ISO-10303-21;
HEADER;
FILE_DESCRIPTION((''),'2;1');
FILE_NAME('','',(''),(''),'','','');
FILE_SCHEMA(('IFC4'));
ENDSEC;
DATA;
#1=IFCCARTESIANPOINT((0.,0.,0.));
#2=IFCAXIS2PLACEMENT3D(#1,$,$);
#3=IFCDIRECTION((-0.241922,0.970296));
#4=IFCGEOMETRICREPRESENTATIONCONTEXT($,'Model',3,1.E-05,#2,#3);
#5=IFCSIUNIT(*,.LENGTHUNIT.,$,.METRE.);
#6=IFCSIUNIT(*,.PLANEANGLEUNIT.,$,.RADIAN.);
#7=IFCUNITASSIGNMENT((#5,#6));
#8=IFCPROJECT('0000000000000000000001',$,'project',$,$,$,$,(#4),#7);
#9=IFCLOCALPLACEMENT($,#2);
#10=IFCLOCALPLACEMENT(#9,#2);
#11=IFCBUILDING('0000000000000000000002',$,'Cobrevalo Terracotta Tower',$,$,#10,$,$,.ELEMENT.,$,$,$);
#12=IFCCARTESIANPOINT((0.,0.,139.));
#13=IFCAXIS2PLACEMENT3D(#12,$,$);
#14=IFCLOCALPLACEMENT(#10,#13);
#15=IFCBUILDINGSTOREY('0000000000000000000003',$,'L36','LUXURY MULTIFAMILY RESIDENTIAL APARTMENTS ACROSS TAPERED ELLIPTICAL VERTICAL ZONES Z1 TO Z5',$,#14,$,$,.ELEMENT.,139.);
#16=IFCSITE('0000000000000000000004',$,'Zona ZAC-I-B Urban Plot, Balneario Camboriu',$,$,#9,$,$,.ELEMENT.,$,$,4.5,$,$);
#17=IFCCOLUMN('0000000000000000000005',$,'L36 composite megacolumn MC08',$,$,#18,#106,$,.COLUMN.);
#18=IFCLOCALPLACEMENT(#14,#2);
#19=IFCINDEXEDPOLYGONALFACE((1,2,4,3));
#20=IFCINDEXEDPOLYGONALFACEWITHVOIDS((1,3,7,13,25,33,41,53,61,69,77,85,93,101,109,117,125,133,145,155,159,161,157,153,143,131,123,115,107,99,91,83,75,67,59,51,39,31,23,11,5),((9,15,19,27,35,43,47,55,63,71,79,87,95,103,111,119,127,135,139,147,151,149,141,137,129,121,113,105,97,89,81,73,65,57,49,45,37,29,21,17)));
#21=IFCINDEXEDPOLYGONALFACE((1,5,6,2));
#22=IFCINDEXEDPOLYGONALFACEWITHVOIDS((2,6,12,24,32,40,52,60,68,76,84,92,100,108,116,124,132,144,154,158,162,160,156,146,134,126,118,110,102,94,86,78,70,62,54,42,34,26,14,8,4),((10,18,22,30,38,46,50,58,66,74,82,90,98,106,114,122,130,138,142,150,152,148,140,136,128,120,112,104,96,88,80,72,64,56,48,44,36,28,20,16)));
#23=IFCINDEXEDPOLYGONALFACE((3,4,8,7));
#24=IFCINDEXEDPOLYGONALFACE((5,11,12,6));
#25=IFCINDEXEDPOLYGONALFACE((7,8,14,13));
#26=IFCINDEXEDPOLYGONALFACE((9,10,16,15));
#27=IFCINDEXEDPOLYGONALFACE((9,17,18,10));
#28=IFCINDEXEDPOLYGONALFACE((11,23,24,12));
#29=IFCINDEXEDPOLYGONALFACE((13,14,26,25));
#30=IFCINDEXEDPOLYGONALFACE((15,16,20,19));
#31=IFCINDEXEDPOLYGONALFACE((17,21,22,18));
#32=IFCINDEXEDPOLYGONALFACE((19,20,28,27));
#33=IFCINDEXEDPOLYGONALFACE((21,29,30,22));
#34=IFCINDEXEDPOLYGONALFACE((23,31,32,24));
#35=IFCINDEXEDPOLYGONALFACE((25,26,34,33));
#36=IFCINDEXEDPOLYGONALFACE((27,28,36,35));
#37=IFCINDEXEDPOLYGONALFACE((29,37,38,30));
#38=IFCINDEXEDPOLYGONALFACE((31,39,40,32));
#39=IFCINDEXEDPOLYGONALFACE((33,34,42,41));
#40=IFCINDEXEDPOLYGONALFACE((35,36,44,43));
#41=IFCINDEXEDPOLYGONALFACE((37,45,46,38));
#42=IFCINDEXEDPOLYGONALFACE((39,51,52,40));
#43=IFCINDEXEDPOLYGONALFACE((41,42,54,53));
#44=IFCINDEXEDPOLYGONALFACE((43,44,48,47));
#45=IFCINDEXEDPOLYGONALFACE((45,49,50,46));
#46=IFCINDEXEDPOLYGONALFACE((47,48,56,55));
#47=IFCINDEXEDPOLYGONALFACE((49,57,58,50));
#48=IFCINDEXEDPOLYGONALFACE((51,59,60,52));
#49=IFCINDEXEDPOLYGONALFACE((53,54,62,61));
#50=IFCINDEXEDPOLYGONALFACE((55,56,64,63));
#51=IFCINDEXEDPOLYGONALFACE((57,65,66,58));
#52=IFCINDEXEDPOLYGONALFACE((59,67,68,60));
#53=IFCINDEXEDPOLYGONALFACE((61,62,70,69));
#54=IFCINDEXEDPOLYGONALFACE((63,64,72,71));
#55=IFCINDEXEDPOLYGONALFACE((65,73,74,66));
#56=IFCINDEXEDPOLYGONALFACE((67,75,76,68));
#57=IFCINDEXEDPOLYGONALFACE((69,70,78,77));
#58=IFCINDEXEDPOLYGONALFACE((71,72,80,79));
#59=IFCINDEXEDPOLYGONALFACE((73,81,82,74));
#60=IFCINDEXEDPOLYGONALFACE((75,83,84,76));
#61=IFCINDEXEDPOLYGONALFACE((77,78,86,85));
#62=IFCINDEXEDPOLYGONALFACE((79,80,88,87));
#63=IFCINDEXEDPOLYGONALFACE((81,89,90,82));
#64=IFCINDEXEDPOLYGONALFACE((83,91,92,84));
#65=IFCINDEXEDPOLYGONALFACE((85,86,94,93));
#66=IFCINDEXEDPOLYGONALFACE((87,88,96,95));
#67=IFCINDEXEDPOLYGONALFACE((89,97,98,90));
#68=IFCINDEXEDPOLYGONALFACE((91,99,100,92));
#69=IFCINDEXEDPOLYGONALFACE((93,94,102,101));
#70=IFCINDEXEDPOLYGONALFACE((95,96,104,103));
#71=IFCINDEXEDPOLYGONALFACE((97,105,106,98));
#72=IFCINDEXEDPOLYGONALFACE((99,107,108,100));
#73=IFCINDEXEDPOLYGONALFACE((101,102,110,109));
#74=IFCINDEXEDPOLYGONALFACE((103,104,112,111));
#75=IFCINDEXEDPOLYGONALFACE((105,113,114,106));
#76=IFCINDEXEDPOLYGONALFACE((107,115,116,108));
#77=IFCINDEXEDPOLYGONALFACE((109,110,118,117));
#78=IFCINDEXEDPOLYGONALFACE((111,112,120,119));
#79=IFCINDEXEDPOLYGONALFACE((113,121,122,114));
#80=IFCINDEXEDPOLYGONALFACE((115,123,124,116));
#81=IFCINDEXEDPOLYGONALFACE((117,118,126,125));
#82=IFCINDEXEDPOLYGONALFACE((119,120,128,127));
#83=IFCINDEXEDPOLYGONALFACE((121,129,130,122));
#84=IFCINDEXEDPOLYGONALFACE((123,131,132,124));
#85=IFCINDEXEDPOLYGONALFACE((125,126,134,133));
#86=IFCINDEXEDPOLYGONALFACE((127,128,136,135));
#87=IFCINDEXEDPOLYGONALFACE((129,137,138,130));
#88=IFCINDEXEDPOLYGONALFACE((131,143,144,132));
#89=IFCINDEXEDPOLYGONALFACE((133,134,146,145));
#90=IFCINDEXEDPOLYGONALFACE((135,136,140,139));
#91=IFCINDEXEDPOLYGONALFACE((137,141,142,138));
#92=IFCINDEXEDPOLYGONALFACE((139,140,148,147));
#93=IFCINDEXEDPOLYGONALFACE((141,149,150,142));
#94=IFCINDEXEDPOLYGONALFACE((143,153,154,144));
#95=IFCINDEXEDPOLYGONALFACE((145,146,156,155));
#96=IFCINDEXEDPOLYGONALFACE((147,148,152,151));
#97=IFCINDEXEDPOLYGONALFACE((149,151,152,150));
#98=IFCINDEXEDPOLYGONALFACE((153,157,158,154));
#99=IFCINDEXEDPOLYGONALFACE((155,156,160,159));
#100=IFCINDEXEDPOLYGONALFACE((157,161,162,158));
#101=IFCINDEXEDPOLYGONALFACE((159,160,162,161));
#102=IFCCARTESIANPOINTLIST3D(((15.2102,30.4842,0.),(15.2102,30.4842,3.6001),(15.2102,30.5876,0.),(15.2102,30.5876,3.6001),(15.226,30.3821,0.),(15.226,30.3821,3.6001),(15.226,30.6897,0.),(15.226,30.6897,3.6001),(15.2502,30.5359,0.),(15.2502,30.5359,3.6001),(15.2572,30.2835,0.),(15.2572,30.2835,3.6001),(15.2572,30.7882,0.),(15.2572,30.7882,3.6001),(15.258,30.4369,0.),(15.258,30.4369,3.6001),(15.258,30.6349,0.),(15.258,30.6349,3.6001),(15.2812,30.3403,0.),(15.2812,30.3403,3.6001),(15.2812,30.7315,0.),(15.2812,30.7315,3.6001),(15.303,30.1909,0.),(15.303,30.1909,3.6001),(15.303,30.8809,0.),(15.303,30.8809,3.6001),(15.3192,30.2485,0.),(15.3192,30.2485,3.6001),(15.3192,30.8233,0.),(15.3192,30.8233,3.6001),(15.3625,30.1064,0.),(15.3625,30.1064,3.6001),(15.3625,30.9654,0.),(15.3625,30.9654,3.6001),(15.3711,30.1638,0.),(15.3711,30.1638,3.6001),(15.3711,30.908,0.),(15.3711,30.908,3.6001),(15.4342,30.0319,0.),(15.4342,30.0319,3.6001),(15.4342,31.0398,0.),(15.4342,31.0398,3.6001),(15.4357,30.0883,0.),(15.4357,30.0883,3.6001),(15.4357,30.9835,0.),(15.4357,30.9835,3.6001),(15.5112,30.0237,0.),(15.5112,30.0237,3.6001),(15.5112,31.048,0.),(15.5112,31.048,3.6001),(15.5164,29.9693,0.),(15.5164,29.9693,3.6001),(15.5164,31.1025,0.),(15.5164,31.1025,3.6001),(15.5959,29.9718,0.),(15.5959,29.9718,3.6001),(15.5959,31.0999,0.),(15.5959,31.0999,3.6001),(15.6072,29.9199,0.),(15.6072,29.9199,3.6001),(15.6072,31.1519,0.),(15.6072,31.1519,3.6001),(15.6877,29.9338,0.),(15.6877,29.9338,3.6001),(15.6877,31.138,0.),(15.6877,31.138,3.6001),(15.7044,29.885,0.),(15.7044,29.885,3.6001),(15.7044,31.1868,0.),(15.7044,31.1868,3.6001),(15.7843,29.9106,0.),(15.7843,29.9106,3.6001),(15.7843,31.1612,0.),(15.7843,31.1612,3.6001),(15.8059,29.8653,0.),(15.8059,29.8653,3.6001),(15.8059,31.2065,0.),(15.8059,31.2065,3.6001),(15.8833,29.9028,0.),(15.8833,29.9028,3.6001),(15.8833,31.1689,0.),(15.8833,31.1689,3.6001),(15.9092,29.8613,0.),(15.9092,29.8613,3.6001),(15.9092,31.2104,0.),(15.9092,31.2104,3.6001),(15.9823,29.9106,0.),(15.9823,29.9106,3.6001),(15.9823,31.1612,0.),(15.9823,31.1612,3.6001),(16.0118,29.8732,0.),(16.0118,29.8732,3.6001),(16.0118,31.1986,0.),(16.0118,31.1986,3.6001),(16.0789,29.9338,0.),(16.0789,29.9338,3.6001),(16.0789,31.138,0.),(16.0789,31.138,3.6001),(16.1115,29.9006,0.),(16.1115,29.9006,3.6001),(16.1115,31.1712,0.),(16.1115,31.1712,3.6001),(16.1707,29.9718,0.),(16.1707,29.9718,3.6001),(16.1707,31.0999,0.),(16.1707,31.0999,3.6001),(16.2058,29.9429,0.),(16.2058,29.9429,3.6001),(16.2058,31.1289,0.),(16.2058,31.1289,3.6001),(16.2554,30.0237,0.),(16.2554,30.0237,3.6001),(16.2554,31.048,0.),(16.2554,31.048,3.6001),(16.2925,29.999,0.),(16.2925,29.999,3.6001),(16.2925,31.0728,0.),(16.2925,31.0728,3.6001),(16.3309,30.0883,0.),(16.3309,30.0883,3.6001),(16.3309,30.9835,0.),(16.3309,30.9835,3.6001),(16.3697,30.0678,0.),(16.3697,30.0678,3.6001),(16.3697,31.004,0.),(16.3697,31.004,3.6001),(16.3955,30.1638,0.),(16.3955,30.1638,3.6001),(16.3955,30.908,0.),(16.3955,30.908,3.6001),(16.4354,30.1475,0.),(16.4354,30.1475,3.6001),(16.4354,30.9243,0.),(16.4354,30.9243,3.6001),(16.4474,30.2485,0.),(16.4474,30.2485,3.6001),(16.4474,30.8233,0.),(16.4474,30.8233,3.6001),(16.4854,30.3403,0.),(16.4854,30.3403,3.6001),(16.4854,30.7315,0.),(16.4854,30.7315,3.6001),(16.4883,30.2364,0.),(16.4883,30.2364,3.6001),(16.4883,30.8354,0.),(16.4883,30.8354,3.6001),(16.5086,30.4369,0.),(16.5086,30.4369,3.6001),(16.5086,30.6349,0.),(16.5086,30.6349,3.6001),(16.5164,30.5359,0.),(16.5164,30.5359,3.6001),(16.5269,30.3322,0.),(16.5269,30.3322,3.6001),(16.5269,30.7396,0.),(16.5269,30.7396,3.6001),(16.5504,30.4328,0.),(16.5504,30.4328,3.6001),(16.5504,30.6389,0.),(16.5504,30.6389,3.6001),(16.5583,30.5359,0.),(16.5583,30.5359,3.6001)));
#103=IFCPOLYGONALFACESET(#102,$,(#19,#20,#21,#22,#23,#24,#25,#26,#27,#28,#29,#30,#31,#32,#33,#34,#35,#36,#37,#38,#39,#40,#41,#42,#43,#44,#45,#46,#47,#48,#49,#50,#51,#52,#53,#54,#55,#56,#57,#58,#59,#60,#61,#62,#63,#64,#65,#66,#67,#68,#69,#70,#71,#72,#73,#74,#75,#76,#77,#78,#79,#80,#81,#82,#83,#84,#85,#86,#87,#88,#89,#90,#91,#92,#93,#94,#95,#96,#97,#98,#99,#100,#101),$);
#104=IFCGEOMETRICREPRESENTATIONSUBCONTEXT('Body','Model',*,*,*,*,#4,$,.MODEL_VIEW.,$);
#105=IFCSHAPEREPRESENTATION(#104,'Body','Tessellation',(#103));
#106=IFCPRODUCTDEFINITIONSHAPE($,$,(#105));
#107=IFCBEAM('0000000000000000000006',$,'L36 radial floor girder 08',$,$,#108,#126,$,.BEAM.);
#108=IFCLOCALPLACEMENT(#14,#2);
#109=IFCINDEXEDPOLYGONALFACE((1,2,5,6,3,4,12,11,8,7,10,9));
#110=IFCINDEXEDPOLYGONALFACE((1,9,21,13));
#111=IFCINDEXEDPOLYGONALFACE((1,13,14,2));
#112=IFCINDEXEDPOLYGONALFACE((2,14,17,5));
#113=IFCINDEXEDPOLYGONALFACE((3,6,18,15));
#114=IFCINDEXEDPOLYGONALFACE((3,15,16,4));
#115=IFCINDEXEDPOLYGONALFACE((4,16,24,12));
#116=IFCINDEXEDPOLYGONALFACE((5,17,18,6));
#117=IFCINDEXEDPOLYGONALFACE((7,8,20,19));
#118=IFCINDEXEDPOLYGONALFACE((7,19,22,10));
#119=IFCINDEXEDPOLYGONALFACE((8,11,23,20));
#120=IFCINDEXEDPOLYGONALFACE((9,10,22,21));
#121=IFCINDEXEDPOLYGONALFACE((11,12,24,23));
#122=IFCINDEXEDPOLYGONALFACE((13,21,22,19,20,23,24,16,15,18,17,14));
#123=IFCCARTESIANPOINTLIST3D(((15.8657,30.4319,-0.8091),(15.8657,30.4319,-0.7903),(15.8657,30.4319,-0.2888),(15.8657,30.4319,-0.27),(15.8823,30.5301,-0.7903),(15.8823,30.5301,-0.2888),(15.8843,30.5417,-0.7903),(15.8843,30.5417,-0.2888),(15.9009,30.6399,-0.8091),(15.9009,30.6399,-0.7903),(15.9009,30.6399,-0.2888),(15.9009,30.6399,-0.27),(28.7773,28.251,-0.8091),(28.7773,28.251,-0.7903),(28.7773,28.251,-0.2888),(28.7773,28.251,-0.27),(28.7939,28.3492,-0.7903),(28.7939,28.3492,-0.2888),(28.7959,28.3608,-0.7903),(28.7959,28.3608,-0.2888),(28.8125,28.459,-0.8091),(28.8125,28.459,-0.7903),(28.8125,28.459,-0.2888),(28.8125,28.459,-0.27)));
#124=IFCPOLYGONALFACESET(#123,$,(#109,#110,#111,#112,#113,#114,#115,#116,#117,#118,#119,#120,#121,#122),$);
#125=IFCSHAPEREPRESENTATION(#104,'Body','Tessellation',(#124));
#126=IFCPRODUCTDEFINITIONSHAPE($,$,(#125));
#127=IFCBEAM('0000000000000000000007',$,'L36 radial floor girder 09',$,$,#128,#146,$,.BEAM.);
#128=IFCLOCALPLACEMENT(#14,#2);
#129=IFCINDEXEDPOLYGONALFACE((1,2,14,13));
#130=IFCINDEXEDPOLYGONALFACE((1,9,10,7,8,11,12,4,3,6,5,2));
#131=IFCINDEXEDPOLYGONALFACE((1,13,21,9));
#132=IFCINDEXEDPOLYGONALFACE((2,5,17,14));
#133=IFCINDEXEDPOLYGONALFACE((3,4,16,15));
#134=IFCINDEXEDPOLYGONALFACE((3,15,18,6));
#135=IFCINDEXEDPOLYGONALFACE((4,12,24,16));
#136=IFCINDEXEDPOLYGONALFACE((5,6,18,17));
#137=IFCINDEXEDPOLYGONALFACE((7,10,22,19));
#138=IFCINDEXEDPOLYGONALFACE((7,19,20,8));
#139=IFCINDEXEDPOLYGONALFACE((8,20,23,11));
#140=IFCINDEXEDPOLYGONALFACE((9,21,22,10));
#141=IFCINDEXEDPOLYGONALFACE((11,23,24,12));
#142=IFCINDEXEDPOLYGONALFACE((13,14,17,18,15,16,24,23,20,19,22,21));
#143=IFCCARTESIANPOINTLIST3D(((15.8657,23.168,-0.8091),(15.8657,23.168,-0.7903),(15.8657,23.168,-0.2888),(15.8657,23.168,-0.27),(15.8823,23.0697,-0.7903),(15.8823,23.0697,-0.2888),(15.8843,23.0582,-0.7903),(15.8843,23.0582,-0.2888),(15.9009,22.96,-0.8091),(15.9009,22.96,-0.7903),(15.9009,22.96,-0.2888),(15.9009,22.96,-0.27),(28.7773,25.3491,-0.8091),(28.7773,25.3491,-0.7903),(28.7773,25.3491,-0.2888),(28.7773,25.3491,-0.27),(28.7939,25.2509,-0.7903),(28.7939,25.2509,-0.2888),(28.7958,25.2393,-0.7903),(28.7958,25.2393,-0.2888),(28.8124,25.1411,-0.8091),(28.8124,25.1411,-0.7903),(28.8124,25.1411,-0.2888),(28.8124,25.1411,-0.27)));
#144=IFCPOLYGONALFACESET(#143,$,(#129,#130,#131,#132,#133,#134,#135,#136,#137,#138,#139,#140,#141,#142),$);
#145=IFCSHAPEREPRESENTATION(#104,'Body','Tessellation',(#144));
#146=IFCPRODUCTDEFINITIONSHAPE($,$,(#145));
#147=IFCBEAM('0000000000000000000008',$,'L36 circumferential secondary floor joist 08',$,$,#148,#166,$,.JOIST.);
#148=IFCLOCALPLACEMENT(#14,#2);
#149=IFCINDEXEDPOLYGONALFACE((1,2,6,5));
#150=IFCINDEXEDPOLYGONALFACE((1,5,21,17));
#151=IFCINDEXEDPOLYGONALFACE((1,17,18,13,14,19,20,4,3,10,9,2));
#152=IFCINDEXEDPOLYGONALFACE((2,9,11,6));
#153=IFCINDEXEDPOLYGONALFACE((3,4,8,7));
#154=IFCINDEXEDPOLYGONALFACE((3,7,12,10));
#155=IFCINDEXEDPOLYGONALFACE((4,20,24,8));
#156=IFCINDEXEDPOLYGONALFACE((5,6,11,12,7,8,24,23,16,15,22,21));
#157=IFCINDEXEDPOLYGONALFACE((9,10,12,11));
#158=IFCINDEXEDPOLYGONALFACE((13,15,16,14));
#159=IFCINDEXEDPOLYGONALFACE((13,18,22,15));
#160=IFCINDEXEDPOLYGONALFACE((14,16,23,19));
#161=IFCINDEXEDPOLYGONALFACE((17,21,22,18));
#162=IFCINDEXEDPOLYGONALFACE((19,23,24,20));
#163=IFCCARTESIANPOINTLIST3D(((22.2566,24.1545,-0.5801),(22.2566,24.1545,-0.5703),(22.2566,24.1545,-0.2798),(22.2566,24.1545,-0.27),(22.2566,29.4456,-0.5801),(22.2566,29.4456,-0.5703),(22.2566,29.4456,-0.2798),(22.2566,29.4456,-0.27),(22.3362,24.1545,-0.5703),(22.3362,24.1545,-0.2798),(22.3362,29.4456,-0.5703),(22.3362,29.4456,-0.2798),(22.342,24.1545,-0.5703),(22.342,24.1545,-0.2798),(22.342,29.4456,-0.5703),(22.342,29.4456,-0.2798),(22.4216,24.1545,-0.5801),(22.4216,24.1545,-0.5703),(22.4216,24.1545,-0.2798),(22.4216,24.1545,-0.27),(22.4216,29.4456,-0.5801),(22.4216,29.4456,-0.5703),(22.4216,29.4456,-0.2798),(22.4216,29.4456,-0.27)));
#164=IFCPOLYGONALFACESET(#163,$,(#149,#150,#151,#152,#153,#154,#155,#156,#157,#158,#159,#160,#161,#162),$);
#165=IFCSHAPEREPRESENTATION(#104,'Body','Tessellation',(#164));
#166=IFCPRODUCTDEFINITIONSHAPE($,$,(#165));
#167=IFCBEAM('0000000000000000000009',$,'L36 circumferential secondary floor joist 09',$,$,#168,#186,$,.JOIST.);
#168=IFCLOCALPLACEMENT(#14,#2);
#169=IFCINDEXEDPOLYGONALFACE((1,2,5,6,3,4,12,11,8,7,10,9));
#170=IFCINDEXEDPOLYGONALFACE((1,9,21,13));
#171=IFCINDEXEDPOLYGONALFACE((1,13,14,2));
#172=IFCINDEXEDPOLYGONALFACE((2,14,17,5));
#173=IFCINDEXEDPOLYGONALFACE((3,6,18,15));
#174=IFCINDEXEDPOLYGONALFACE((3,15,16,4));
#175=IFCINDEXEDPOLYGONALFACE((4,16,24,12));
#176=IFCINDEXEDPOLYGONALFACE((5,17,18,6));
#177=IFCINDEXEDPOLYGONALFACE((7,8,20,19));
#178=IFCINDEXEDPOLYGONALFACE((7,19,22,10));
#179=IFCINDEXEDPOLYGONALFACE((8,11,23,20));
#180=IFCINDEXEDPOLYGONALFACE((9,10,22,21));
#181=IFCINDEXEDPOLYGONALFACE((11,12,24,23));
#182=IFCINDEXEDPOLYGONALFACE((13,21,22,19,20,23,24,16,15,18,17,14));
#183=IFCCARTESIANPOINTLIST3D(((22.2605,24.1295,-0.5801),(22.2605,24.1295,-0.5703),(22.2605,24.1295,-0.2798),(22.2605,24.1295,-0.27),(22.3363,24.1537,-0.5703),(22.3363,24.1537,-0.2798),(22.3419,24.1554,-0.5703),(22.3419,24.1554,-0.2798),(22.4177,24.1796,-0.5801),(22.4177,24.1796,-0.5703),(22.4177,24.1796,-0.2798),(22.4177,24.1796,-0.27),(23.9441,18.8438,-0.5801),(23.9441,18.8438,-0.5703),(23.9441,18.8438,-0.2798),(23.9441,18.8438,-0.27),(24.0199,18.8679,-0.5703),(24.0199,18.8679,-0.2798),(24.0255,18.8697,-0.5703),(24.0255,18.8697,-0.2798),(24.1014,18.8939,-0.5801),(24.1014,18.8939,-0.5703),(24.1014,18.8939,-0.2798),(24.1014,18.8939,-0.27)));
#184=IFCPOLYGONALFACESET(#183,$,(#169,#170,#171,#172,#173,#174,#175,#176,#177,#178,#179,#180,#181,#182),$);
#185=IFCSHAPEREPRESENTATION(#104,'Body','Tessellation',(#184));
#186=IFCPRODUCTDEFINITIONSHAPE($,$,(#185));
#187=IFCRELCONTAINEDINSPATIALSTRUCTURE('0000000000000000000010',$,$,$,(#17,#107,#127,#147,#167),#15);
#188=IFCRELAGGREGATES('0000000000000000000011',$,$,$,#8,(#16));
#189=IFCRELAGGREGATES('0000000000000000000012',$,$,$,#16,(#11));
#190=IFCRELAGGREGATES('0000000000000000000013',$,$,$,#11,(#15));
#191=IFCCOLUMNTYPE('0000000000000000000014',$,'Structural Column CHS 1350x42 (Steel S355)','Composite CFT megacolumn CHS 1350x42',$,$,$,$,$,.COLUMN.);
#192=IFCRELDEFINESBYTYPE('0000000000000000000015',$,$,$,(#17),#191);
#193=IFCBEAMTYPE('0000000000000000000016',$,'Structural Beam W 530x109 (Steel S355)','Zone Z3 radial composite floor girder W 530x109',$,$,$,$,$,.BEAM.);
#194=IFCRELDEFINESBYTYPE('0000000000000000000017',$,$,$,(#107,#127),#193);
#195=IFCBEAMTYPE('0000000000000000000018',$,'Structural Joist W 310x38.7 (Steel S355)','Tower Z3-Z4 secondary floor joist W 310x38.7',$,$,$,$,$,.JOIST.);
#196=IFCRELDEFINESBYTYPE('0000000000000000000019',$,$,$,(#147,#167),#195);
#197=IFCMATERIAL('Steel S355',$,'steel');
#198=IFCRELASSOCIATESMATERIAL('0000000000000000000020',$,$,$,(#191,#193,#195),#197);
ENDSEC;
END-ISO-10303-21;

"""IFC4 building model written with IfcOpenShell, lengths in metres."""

from ifc_helpers import new_model, si_unit, direction, frame, origin, origin_2d, place, context, subcontext, project, spatial, hollow_circle, i_section, extrude, material, material_profile, profile_set, type_object, element, save


model = new_model("IFC4")

# Units and contexts
model_context = context("Model", 3, precision=1e-05, world=origin(), true_north=direction((-0.241922, 0.970296)))
body_context = subcontext(model_context, "Body", "Model", "MODEL_VIEW")
ifc_project = project(units=[si_unit("LENGTHUNIT", "METRE"), si_unit("PLANEANGLEUNIT", "RADIAN")], contexts=[model_context])

# Site, building, storey
site_placement = place(None, origin())
site = spatial("IfcSite", under=ifc_project, at=site_placement, Name="Zona ZAC-I-B Urban Plot, Balneario Camboriu", CompositionType="ELEMENT", RefElevation=4.5)
building_placement = place(site_placement, origin())
building = spatial("IfcBuilding", under=site, at=building_placement, Name="Cobrevalo Terracotta Tower", CompositionType="ELEMENT")
storey_placement = place(building_placement, frame((0.0, 0.0, 139.0)))
storey = spatial("IfcBuildingStorey", under=building, at=storey_placement, Name="L36", Description="LUXURY MULTIFAMILY RESIDENTIAL APARTMENTS ACROSS TAPERED ELLIPTICAL VERTICAL ZONES Z1 TO Z5", CompositionType="ELEMENT", Elevation=139.0)

# Column
ifc_material_1 = material(Name="Steel S355", Category="steel")
ifc_material_profile_1 = material_profile(ifc_material_1, hollow_circle(Radius=0.675, WallThickness=0.042, at=origin_2d()), Name="CHS 1350x42")
ifc_profile_set_1 = profile_set([ifc_material_profile_1], Name="Steel S355")
column_type = type_object("IfcColumnType", Name="Structural Column CHS 1350x42 (Steel S355)", Description="Composite CFT megacolumn CHS 1350x42", PredefinedType="COLUMN", material=ifc_profile_set_1)
column_placement = place(storey_placement, frame((15.8833, 30.5359, 0.0), z_axis=(0.0, 0.0, 1.0), x_axis=(1.0, 0.0, 0.0)))
element("IfcColumn", 1, at=column_placement, inside=storey, type_object=column_type, Name="L36 composite megacolumn MC08", PredefinedType="COLUMN", context=body_context, shape_type="SweptSolid", body=[
    extrude(hollow_circle(Radius=0.675, WallThickness=0.042, at=origin_2d()), origin(), (0.0, 0.0, 1.0), 3.6001),
])

# Beams
ifc_material_profile_2 = material_profile(ifc_material_1, i_section(OverallWidth=0.2109, OverallDepth=0.5391, WebThickness=0.0117, FlangeThickness=0.0188, at=origin_2d()), Name="W 530x109")
ifc_profile_set_2 = profile_set([ifc_material_profile_2], Name="Steel S355")
beam_type_1 = type_object("IfcBeamType", Name="Structural Beam W 530x109 (Steel S355)", Description="Zone Z3 radial composite floor girder W 530x109", PredefinedType="BEAM", material=ifc_profile_set_2)
for number, where, z_axis, x_axis, name in (
    (2, (15.8833, 30.5359, -0.5396), (0.986033, -0.166551, 0.0), (0.166551, 0.986033, 0.0), "L36 radial floor girder 08"),
    (3, (15.8833, 23.064, -0.5396), (0.98603, 0.166569, 0.0), (-0.166569, 0.98603, 0.0), "L36 radial floor girder 09"),
):
    element("IfcBeam", number, at=place(storey_placement, frame(where, z_axis=z_axis, x_axis=x_axis)), inside=storey, type_object=beam_type_1, Name=name, PredefinedType="BEAM", context=body_context, shape_type="SweptSolid", body=[
        extrude(i_section(OverallWidth=0.2109, OverallDepth=0.5391, WebThickness=0.0117, FlangeThickness=0.0188, at=origin_2d()), origin(), (0.0, 0.0, 1.0), 13.0945),
    ])
ifc_material_profile_3 = material_profile(ifc_material_1, i_section(OverallWidth=0.165, OverallDepth=0.3101, WebThickness=0.0059, FlangeThickness=0.0098, at=origin_2d()), Name="W 310x38.7")
ifc_profile_set_3 = profile_set([ifc_material_profile_3], Name="Steel S355")
beam_type_2 = type_object("IfcBeamType", Name="Structural Joist W 310x38.7 (Steel S355)", Description="Tower Z3-Z4 secondary floor joist W 310x38.7", PredefinedType="JOIST", material=ifc_profile_set_3)
beam_1_placement = place(storey_placement, frame((22.3391, 29.4456, -0.425), z_axis=(0.0, -1.0, 0.0), x_axis=(1.0, 0.0, 0.0)))
element("IfcBeam", 4, at=beam_1_placement, inside=storey, type_object=beam_type_2, Name="L36 circumferential secondary floor joist 08", PredefinedType="JOIST", context=body_context, shape_type="SweptSolid", body=[
    extrude(i_section(OverallWidth=0.165, OverallDepth=0.3101, WebThickness=0.0059, FlangeThickness=0.0098, at=origin_2d()), origin(), (0.0, 0.0, 1.0), 5.291),
])
beam_2_placement = place(storey_placement, frame((22.3391, 24.1545, -0.425), z_axis=(0.303498, -0.952832, 0.0), x_axis=(0.952832, 0.303498, 0.0)))
element("IfcBeam", 5, at=beam_2_placement, inside=storey, type_object=beam_type_2, Name="L36 circumferential secondary floor joist 09", PredefinedType="JOIST", context=body_context, shape_type="SweptSolid", body=[
    extrude(i_section(OverallWidth=0.165, OverallDepth=0.3101, WebThickness=0.0059, FlangeThickness=0.0098, at=origin_2d()), origin(), (0.0, 0.0, 1.0), 5.5474),
])

save(model, "model.ifc")
